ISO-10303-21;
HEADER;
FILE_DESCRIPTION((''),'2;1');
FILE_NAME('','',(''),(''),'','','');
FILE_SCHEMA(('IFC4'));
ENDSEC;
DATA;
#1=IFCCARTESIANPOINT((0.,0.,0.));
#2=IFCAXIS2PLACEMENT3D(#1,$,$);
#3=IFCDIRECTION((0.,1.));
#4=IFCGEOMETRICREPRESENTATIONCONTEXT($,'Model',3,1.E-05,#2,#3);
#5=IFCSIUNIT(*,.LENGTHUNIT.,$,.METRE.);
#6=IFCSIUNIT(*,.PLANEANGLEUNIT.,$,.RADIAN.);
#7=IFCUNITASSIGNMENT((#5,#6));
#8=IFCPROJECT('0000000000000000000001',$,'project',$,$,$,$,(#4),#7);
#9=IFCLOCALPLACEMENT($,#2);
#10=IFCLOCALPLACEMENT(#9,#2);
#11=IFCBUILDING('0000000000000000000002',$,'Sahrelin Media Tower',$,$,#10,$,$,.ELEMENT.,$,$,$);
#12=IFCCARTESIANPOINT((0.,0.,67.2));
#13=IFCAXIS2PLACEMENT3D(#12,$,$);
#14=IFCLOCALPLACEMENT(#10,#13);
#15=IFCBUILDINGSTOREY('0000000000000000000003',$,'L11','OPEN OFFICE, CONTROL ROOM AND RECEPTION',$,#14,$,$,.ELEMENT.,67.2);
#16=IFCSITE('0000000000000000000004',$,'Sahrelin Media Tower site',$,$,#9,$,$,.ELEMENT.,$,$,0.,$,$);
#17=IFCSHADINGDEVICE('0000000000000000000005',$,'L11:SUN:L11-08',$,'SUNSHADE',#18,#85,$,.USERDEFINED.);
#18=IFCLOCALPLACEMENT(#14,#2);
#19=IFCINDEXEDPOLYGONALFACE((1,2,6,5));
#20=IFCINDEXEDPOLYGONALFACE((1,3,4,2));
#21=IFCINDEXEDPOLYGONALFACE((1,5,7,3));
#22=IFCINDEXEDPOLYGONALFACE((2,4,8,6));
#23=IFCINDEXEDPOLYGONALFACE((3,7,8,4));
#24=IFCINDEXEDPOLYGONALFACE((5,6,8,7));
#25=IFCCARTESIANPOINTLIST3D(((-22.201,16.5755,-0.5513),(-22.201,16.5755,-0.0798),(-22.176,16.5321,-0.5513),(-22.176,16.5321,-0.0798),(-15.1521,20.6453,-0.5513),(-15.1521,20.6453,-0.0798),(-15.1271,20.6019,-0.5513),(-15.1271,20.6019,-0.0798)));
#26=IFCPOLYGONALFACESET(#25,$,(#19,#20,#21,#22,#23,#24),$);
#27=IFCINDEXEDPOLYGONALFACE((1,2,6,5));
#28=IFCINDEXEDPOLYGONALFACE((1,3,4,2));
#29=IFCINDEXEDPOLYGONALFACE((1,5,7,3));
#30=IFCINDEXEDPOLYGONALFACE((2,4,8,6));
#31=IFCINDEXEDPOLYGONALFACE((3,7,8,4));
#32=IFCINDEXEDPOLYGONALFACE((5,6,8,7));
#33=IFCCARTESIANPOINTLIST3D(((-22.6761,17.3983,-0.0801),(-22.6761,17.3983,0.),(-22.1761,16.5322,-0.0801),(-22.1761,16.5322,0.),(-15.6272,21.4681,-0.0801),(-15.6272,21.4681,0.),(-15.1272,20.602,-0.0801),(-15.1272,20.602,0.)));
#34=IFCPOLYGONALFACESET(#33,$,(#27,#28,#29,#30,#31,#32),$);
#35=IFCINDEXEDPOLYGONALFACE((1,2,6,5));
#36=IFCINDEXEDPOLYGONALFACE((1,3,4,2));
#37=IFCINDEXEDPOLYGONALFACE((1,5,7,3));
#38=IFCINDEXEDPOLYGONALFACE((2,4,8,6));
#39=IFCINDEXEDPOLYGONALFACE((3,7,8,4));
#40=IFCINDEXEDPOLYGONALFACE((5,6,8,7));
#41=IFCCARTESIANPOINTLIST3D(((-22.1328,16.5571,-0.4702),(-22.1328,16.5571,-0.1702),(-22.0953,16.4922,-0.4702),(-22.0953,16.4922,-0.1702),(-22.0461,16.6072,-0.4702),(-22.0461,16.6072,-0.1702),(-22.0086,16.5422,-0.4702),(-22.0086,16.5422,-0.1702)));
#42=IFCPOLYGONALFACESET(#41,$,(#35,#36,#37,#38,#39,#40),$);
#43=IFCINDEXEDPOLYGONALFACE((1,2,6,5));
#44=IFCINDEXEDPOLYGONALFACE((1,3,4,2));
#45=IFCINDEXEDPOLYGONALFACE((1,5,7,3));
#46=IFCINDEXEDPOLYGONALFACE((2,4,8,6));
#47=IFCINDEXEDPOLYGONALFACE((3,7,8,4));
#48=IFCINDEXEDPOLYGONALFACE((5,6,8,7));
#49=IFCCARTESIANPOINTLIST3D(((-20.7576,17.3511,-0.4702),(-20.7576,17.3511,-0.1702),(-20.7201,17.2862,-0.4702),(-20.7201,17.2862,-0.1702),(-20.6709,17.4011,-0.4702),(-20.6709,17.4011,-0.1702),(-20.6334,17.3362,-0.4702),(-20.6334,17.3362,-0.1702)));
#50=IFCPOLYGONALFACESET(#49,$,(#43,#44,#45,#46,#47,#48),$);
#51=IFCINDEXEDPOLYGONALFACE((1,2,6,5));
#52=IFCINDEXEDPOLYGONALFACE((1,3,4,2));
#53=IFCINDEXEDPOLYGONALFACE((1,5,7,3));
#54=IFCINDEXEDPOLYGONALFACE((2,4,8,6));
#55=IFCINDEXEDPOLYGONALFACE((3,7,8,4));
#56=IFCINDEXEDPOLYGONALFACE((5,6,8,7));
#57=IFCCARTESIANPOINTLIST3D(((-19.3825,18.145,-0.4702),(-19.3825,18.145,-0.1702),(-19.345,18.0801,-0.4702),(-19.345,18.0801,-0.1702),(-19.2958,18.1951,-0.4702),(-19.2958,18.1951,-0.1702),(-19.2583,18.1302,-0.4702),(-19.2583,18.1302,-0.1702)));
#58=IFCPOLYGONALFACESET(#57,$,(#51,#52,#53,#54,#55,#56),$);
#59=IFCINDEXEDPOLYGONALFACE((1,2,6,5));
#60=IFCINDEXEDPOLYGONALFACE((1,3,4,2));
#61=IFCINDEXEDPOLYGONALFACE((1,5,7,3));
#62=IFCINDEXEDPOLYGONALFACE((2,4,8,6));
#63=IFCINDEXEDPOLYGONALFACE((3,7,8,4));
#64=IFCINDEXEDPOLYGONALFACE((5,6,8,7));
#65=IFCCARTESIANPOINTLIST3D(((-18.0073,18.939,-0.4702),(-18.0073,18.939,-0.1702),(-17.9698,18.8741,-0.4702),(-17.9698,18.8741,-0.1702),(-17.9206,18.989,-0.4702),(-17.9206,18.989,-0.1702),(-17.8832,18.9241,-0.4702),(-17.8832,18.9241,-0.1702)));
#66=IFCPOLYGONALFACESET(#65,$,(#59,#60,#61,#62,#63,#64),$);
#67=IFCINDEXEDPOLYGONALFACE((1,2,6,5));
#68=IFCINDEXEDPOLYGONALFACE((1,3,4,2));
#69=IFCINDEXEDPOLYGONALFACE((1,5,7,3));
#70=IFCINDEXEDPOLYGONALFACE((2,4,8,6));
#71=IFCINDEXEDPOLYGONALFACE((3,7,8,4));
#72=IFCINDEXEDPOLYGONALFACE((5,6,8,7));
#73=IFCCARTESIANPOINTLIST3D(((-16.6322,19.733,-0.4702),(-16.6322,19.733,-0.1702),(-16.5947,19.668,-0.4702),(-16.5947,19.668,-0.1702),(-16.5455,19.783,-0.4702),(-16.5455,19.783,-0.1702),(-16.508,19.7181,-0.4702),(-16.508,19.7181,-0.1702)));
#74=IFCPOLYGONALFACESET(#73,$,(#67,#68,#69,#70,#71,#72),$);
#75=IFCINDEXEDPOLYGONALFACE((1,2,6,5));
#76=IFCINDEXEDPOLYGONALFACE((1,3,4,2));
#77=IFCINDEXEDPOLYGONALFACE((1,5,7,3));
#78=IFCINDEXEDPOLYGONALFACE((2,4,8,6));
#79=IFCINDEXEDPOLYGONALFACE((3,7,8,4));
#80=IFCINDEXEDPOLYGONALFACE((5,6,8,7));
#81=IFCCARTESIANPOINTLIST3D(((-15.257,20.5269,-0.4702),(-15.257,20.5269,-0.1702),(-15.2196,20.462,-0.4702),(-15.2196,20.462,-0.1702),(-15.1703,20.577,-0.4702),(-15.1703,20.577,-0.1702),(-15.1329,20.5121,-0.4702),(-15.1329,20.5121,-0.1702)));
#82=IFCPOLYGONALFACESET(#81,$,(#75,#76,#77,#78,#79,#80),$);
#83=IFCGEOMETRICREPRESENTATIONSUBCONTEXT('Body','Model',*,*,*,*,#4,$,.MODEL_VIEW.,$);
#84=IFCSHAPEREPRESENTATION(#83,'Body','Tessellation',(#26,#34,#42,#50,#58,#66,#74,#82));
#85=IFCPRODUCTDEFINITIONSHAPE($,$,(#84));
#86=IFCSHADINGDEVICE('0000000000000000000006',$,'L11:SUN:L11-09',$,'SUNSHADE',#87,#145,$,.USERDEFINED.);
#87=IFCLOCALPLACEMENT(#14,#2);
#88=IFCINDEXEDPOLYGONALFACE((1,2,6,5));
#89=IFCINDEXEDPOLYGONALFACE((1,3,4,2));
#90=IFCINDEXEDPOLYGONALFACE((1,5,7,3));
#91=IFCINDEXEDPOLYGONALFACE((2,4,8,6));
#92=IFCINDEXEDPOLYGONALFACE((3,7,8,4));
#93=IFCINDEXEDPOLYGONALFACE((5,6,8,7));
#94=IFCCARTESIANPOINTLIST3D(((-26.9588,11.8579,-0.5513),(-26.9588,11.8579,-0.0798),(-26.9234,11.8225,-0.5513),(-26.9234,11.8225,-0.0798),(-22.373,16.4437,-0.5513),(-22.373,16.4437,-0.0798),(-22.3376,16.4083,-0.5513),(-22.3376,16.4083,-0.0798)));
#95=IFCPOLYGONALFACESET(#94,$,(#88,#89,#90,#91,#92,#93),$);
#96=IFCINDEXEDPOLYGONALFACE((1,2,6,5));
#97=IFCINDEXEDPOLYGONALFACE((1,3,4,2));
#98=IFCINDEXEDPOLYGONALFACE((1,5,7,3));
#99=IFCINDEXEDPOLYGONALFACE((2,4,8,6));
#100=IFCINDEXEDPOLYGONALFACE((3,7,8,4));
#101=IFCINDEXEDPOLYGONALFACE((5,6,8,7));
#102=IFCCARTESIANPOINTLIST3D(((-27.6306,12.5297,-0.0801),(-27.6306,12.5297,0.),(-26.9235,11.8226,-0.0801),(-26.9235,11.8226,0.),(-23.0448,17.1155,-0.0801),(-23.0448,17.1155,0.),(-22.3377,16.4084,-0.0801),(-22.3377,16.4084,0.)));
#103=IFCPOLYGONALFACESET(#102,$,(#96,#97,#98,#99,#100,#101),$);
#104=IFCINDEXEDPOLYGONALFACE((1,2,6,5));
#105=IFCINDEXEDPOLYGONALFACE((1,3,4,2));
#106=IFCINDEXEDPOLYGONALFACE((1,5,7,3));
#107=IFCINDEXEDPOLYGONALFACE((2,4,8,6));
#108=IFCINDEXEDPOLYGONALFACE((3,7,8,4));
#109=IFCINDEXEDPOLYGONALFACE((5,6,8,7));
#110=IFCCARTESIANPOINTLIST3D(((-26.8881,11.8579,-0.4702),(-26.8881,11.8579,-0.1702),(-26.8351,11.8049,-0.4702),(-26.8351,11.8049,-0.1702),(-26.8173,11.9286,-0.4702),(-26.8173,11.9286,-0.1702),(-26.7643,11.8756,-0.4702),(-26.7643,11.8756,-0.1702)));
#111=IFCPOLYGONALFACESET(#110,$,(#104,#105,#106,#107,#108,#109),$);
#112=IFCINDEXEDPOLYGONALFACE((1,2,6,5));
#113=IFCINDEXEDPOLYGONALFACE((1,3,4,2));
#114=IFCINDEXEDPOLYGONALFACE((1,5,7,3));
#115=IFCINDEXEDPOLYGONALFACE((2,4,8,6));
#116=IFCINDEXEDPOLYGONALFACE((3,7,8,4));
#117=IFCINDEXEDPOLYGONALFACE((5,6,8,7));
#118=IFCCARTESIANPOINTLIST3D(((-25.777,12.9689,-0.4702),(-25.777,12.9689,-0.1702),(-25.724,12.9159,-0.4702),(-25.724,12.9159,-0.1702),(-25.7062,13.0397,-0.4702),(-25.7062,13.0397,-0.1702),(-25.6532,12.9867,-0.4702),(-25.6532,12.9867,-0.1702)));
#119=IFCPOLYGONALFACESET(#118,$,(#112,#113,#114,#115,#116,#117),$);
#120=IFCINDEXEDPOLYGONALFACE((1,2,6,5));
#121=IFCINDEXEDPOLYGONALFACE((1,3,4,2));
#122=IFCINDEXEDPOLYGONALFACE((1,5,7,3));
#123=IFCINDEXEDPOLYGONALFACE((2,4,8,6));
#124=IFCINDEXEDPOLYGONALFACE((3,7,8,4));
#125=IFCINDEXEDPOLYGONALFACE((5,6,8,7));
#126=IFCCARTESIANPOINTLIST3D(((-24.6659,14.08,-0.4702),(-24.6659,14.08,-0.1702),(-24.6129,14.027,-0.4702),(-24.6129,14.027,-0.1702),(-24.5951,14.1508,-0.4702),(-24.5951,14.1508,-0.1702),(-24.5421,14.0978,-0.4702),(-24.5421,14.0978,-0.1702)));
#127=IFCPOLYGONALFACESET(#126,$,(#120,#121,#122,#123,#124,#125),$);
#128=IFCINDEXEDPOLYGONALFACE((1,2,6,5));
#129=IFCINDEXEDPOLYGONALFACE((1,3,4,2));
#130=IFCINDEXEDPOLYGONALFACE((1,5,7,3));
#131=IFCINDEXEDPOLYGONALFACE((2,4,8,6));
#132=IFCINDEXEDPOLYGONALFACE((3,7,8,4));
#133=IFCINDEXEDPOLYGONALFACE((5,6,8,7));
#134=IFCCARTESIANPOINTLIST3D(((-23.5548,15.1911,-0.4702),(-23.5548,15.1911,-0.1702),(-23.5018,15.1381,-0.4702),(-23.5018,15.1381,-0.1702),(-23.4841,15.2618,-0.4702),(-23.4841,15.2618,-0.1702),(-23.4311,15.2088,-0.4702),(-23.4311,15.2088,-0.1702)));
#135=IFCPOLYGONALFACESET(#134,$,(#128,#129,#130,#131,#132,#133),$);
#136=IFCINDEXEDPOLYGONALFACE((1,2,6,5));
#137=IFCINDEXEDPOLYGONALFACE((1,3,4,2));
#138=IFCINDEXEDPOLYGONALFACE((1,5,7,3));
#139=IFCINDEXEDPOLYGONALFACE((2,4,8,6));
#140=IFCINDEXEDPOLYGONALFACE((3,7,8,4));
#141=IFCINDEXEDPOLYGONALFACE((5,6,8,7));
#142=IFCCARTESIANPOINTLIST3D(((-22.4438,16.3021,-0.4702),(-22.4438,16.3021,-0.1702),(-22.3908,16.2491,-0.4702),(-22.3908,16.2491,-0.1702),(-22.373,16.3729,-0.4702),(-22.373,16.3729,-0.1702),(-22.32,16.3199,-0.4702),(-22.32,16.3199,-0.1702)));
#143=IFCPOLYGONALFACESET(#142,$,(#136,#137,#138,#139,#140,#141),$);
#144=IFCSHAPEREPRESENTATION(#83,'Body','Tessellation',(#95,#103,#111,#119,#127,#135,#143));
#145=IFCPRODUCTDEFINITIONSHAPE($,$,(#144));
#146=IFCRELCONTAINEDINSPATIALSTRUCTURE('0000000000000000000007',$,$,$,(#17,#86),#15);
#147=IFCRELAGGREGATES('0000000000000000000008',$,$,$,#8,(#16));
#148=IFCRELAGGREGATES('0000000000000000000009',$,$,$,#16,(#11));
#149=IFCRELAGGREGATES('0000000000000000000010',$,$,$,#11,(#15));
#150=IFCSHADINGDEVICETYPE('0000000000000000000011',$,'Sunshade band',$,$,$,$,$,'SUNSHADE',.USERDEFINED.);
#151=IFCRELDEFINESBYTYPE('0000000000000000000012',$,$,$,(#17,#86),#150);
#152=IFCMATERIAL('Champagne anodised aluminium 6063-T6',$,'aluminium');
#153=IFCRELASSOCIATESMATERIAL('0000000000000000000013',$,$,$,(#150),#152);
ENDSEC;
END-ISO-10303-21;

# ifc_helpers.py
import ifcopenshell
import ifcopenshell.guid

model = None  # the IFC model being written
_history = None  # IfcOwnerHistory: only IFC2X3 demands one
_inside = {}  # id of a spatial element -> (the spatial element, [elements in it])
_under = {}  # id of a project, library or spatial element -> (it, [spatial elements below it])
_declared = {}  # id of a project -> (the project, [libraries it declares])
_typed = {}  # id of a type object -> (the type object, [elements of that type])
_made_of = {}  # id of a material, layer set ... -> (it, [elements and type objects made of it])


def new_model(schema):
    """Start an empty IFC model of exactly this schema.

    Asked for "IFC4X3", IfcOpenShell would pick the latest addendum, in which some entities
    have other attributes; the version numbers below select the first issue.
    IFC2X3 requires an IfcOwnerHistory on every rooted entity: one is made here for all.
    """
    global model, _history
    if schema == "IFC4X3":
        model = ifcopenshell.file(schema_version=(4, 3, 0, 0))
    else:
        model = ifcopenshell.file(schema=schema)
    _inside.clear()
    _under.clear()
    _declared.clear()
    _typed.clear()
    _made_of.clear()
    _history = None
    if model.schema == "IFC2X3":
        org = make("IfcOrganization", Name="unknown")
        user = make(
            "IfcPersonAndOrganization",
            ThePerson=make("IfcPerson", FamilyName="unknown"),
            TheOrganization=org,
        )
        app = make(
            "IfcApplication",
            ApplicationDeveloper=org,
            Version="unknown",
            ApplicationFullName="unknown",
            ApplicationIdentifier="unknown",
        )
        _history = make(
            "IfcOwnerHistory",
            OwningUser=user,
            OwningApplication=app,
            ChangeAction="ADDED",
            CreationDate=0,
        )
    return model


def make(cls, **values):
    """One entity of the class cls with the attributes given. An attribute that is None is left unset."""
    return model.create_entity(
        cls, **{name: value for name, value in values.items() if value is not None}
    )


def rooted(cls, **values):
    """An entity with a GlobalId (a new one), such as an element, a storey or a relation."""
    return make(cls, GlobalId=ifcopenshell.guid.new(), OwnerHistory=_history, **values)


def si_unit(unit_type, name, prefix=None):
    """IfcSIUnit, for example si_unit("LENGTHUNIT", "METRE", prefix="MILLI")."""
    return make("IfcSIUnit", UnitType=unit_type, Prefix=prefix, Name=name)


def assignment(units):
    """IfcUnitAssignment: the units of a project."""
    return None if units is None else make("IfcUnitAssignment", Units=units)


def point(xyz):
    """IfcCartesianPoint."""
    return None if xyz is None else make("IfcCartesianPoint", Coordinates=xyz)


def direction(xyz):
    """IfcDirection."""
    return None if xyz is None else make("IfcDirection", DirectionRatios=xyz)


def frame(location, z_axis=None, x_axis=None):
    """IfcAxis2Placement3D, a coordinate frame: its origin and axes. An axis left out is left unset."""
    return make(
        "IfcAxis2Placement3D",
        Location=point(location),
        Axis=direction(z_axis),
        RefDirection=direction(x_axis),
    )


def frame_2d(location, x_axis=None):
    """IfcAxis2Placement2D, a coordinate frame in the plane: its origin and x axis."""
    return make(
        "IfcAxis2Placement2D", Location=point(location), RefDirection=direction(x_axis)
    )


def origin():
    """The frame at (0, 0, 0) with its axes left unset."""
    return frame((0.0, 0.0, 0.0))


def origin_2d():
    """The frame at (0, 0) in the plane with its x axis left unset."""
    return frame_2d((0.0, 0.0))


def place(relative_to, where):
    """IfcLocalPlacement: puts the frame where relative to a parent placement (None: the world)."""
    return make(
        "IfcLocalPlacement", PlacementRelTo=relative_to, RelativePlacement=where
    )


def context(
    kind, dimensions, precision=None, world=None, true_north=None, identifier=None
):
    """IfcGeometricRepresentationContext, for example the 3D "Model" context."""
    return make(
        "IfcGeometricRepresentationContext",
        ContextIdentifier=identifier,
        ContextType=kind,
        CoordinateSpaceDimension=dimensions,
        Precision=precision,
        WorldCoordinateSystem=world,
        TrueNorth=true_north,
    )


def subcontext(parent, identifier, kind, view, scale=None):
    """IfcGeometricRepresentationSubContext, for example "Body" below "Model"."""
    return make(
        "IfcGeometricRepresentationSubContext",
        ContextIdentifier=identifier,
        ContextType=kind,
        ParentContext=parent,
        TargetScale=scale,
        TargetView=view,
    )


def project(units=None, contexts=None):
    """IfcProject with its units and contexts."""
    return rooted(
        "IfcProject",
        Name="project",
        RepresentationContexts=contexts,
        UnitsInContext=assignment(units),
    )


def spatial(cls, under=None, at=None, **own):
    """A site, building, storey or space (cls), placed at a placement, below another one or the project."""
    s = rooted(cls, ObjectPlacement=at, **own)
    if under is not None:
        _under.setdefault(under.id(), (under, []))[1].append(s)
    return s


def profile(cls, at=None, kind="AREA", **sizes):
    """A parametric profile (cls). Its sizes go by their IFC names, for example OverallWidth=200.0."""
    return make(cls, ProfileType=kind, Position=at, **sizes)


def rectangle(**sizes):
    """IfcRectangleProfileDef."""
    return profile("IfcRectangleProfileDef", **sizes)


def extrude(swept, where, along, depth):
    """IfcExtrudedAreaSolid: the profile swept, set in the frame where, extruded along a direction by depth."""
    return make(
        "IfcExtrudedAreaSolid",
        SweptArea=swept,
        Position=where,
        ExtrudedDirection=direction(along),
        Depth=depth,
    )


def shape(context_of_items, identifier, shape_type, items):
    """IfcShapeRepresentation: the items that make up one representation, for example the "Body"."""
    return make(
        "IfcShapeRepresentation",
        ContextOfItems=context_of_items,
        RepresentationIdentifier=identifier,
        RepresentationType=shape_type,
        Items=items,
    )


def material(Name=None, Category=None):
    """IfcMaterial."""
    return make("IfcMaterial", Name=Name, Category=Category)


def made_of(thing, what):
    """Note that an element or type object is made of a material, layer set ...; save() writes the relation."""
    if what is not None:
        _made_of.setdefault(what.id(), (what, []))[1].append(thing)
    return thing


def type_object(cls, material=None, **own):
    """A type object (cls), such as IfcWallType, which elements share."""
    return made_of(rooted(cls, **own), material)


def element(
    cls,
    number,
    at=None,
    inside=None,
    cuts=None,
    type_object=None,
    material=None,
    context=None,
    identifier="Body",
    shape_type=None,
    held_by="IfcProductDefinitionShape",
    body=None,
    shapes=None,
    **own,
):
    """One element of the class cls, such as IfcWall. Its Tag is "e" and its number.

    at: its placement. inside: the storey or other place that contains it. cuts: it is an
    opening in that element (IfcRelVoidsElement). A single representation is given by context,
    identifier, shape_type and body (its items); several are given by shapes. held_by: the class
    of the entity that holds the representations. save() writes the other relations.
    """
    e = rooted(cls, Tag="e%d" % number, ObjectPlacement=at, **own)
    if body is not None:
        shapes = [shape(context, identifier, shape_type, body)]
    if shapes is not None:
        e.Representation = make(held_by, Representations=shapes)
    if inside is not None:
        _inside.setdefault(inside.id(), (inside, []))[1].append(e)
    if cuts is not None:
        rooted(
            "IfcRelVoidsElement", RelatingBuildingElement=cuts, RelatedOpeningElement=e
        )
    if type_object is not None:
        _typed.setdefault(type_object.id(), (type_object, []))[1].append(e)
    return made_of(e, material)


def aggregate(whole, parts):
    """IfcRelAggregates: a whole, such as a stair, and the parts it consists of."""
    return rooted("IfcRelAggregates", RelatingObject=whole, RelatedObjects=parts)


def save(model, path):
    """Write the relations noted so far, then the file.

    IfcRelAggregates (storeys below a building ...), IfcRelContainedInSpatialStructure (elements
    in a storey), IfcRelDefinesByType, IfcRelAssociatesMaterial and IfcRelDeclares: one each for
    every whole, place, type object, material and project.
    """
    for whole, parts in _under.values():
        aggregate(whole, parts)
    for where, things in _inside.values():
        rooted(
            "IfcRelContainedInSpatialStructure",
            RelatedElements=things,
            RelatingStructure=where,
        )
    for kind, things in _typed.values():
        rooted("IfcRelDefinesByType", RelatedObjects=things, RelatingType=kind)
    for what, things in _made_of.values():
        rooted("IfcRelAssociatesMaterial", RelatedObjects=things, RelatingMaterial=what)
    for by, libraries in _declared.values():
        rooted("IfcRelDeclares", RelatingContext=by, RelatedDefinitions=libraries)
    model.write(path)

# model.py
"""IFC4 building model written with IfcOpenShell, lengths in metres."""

from ifc_helpers import new_model, si_unit, direction, frame, origin, origin_2d, place, context, subcontext, project, spatial, rectangle, extrude, material, type_object, element, save


model = new_model("IFC4")

# Units and contexts
model_context = context("Model", 3, precision=1e-05, world=origin(), true_north=direction((0.0, 1.0)))
body_context = subcontext(model_context, "Body", "Model", "MODEL_VIEW")
ifc_project = project(units=[si_unit("LENGTHUNIT", "METRE"), si_unit("PLANEANGLEUNIT", "RADIAN")], contexts=[model_context])

# Site, building, storey
site_placement = place(None, origin())
site = spatial("IfcSite", under=ifc_project, at=site_placement, Name="Sahrelin Media Tower site", CompositionType="ELEMENT", RefElevation=0.0)
building_placement = place(site_placement, origin())
building = spatial("IfcBuilding", under=site, at=building_placement, Name="Sahrelin Media Tower", CompositionType="ELEMENT")
storey_placement = place(building_placement, frame((0.0, 0.0, 67.2)))
storey = spatial("IfcBuildingStorey", under=building, at=storey_placement, Name="L11", Description="OPEN OFFICE, CONTROL ROOM AND RECEPTION", CompositionType="ELEMENT", Elevation=67.2)

# Shared definitions
ifc_material_1 = material(Name="Champagne anodised aluminium 6063-T6", Category="aluminium")

# Shading devices
placement_1 = place(storey_placement, frame((-18.6416, 18.5498, 0.0), z_axis=(0.0, 0.0, 1.0), x_axis=(0.866019, 0.500011, 0.0)))
placement_2 = place(storey_placement, frame((-24.6165, 14.1013, 0.0), z_axis=(0.0, 0.0, 1.0), x_axis=(0.707107, 0.707107, 0.0)))
shading_device_type_1 = type_object("IfcShadingDeviceType", Name="Sunshade band", ElementType="SUNSHADE", PredefinedType="USERDEFINED", material=ifc_material_1)
element("IfcShadingDevice", 1, at=placement_1, inside=storey, type_object=shading_device_type_1, Name="L11:SUN:L11-08", ObjectType="SUNSHADE", PredefinedType="USERDEFINED", context=body_context, shape_type="SweptSolid", body=[
    extrude(rectangle(XDim=8.1394, YDim=0.05, at=origin_2d()), frame((0.0, 0.0449, -0.5513)), (0.0, 0.0, 1.0), 0.4714),
    extrude(rectangle(XDim=8.1394, YDim=1.0, at=origin_2d()), frame((0.0, 0.52, -0.0801)), (0.0, 0.0, 1.0), 0.0801),
    extrude(rectangle(XDim=0.1001, YDim=0.075, at=origin_2d()), frame((-3.9697, -0.0176, -0.4702)), (0.0, 0.0, 1.0), 0.3),
    extrude(rectangle(XDim=0.1001, YDim=0.075, at=origin_2d()), frame((-2.3818, -0.0176, -0.4702)), (0.0, 0.0, 1.0), 0.3),
    extrude(rectangle(XDim=0.1001, YDim=0.075, at=origin_2d()), frame((-0.7939, -0.0176, -0.4702)), (0.0, 0.0, 1.0), 0.3),
    extrude(rectangle(XDim=0.1001, YDim=0.075, at=origin_2d()), frame((0.7939, -0.0176, -0.4702)), (0.0, 0.0, 1.0), 0.3),
    extrude(rectangle(XDim=0.1001, YDim=0.075, at=origin_2d()), frame((2.3818, -0.0176, -0.4702)), (0.0, 0.0, 1.0), 0.3),
    extrude(rectangle(XDim=0.1001, YDim=0.075, at=origin_2d()), frame((3.9697, -0.0176, -0.4702)), (0.0, 0.0, 1.0), 0.3),
])
element("IfcShadingDevice", 2, at=placement_2, inside=storey, type_object=shading_device_type_1, Name="L11:SUN:L11-09", ObjectType="SUNSHADE", PredefinedType="USERDEFINED", context=body_context, shape_type="SweptSolid", body=[
    extrude(rectangle(XDim=6.4854, YDim=0.05, at=origin_2d()), frame((0.0, 0.0449, -0.5513)), (0.0, 0.0, 1.0), 0.4714),
    extrude(rectangle(XDim=6.4854, YDim=1.0, at=origin_2d()), frame((0.0, 0.52, -0.0801)), (0.0, 0.0, 1.0), 0.0801),
    extrude(rectangle(XDim=0.1001, YDim=0.075, at=origin_2d()), frame((-3.1426, -0.0176, -0.4702)), (0.0, 0.0, 1.0), 0.3),
    extrude(rectangle(XDim=0.1001, YDim=0.075, at=origin_2d()), frame((-1.5713, -0.0176, -0.4702)), (0.0, 0.0, 1.0), 0.3),
    extrude(rectangle(XDim=0.1001, YDim=0.075, at=origin_2d()), frame((0.0, -0.0176, -0.4702)), (0.0, 0.0, 1.0), 0.3),
    extrude(rectangle(XDim=0.1001, YDim=0.075, at=origin_2d()), frame((1.5713, -0.0176, -0.4702)), (0.0, 0.0, 1.0), 0.3),
    extrude(rectangle(XDim=0.1001, YDim=0.075, at=origin_2d()), frame((3.1426, -0.0176, -0.4702)), (0.0, 0.0, 1.0), 0.3),
])

save(model, "model.ifc")
